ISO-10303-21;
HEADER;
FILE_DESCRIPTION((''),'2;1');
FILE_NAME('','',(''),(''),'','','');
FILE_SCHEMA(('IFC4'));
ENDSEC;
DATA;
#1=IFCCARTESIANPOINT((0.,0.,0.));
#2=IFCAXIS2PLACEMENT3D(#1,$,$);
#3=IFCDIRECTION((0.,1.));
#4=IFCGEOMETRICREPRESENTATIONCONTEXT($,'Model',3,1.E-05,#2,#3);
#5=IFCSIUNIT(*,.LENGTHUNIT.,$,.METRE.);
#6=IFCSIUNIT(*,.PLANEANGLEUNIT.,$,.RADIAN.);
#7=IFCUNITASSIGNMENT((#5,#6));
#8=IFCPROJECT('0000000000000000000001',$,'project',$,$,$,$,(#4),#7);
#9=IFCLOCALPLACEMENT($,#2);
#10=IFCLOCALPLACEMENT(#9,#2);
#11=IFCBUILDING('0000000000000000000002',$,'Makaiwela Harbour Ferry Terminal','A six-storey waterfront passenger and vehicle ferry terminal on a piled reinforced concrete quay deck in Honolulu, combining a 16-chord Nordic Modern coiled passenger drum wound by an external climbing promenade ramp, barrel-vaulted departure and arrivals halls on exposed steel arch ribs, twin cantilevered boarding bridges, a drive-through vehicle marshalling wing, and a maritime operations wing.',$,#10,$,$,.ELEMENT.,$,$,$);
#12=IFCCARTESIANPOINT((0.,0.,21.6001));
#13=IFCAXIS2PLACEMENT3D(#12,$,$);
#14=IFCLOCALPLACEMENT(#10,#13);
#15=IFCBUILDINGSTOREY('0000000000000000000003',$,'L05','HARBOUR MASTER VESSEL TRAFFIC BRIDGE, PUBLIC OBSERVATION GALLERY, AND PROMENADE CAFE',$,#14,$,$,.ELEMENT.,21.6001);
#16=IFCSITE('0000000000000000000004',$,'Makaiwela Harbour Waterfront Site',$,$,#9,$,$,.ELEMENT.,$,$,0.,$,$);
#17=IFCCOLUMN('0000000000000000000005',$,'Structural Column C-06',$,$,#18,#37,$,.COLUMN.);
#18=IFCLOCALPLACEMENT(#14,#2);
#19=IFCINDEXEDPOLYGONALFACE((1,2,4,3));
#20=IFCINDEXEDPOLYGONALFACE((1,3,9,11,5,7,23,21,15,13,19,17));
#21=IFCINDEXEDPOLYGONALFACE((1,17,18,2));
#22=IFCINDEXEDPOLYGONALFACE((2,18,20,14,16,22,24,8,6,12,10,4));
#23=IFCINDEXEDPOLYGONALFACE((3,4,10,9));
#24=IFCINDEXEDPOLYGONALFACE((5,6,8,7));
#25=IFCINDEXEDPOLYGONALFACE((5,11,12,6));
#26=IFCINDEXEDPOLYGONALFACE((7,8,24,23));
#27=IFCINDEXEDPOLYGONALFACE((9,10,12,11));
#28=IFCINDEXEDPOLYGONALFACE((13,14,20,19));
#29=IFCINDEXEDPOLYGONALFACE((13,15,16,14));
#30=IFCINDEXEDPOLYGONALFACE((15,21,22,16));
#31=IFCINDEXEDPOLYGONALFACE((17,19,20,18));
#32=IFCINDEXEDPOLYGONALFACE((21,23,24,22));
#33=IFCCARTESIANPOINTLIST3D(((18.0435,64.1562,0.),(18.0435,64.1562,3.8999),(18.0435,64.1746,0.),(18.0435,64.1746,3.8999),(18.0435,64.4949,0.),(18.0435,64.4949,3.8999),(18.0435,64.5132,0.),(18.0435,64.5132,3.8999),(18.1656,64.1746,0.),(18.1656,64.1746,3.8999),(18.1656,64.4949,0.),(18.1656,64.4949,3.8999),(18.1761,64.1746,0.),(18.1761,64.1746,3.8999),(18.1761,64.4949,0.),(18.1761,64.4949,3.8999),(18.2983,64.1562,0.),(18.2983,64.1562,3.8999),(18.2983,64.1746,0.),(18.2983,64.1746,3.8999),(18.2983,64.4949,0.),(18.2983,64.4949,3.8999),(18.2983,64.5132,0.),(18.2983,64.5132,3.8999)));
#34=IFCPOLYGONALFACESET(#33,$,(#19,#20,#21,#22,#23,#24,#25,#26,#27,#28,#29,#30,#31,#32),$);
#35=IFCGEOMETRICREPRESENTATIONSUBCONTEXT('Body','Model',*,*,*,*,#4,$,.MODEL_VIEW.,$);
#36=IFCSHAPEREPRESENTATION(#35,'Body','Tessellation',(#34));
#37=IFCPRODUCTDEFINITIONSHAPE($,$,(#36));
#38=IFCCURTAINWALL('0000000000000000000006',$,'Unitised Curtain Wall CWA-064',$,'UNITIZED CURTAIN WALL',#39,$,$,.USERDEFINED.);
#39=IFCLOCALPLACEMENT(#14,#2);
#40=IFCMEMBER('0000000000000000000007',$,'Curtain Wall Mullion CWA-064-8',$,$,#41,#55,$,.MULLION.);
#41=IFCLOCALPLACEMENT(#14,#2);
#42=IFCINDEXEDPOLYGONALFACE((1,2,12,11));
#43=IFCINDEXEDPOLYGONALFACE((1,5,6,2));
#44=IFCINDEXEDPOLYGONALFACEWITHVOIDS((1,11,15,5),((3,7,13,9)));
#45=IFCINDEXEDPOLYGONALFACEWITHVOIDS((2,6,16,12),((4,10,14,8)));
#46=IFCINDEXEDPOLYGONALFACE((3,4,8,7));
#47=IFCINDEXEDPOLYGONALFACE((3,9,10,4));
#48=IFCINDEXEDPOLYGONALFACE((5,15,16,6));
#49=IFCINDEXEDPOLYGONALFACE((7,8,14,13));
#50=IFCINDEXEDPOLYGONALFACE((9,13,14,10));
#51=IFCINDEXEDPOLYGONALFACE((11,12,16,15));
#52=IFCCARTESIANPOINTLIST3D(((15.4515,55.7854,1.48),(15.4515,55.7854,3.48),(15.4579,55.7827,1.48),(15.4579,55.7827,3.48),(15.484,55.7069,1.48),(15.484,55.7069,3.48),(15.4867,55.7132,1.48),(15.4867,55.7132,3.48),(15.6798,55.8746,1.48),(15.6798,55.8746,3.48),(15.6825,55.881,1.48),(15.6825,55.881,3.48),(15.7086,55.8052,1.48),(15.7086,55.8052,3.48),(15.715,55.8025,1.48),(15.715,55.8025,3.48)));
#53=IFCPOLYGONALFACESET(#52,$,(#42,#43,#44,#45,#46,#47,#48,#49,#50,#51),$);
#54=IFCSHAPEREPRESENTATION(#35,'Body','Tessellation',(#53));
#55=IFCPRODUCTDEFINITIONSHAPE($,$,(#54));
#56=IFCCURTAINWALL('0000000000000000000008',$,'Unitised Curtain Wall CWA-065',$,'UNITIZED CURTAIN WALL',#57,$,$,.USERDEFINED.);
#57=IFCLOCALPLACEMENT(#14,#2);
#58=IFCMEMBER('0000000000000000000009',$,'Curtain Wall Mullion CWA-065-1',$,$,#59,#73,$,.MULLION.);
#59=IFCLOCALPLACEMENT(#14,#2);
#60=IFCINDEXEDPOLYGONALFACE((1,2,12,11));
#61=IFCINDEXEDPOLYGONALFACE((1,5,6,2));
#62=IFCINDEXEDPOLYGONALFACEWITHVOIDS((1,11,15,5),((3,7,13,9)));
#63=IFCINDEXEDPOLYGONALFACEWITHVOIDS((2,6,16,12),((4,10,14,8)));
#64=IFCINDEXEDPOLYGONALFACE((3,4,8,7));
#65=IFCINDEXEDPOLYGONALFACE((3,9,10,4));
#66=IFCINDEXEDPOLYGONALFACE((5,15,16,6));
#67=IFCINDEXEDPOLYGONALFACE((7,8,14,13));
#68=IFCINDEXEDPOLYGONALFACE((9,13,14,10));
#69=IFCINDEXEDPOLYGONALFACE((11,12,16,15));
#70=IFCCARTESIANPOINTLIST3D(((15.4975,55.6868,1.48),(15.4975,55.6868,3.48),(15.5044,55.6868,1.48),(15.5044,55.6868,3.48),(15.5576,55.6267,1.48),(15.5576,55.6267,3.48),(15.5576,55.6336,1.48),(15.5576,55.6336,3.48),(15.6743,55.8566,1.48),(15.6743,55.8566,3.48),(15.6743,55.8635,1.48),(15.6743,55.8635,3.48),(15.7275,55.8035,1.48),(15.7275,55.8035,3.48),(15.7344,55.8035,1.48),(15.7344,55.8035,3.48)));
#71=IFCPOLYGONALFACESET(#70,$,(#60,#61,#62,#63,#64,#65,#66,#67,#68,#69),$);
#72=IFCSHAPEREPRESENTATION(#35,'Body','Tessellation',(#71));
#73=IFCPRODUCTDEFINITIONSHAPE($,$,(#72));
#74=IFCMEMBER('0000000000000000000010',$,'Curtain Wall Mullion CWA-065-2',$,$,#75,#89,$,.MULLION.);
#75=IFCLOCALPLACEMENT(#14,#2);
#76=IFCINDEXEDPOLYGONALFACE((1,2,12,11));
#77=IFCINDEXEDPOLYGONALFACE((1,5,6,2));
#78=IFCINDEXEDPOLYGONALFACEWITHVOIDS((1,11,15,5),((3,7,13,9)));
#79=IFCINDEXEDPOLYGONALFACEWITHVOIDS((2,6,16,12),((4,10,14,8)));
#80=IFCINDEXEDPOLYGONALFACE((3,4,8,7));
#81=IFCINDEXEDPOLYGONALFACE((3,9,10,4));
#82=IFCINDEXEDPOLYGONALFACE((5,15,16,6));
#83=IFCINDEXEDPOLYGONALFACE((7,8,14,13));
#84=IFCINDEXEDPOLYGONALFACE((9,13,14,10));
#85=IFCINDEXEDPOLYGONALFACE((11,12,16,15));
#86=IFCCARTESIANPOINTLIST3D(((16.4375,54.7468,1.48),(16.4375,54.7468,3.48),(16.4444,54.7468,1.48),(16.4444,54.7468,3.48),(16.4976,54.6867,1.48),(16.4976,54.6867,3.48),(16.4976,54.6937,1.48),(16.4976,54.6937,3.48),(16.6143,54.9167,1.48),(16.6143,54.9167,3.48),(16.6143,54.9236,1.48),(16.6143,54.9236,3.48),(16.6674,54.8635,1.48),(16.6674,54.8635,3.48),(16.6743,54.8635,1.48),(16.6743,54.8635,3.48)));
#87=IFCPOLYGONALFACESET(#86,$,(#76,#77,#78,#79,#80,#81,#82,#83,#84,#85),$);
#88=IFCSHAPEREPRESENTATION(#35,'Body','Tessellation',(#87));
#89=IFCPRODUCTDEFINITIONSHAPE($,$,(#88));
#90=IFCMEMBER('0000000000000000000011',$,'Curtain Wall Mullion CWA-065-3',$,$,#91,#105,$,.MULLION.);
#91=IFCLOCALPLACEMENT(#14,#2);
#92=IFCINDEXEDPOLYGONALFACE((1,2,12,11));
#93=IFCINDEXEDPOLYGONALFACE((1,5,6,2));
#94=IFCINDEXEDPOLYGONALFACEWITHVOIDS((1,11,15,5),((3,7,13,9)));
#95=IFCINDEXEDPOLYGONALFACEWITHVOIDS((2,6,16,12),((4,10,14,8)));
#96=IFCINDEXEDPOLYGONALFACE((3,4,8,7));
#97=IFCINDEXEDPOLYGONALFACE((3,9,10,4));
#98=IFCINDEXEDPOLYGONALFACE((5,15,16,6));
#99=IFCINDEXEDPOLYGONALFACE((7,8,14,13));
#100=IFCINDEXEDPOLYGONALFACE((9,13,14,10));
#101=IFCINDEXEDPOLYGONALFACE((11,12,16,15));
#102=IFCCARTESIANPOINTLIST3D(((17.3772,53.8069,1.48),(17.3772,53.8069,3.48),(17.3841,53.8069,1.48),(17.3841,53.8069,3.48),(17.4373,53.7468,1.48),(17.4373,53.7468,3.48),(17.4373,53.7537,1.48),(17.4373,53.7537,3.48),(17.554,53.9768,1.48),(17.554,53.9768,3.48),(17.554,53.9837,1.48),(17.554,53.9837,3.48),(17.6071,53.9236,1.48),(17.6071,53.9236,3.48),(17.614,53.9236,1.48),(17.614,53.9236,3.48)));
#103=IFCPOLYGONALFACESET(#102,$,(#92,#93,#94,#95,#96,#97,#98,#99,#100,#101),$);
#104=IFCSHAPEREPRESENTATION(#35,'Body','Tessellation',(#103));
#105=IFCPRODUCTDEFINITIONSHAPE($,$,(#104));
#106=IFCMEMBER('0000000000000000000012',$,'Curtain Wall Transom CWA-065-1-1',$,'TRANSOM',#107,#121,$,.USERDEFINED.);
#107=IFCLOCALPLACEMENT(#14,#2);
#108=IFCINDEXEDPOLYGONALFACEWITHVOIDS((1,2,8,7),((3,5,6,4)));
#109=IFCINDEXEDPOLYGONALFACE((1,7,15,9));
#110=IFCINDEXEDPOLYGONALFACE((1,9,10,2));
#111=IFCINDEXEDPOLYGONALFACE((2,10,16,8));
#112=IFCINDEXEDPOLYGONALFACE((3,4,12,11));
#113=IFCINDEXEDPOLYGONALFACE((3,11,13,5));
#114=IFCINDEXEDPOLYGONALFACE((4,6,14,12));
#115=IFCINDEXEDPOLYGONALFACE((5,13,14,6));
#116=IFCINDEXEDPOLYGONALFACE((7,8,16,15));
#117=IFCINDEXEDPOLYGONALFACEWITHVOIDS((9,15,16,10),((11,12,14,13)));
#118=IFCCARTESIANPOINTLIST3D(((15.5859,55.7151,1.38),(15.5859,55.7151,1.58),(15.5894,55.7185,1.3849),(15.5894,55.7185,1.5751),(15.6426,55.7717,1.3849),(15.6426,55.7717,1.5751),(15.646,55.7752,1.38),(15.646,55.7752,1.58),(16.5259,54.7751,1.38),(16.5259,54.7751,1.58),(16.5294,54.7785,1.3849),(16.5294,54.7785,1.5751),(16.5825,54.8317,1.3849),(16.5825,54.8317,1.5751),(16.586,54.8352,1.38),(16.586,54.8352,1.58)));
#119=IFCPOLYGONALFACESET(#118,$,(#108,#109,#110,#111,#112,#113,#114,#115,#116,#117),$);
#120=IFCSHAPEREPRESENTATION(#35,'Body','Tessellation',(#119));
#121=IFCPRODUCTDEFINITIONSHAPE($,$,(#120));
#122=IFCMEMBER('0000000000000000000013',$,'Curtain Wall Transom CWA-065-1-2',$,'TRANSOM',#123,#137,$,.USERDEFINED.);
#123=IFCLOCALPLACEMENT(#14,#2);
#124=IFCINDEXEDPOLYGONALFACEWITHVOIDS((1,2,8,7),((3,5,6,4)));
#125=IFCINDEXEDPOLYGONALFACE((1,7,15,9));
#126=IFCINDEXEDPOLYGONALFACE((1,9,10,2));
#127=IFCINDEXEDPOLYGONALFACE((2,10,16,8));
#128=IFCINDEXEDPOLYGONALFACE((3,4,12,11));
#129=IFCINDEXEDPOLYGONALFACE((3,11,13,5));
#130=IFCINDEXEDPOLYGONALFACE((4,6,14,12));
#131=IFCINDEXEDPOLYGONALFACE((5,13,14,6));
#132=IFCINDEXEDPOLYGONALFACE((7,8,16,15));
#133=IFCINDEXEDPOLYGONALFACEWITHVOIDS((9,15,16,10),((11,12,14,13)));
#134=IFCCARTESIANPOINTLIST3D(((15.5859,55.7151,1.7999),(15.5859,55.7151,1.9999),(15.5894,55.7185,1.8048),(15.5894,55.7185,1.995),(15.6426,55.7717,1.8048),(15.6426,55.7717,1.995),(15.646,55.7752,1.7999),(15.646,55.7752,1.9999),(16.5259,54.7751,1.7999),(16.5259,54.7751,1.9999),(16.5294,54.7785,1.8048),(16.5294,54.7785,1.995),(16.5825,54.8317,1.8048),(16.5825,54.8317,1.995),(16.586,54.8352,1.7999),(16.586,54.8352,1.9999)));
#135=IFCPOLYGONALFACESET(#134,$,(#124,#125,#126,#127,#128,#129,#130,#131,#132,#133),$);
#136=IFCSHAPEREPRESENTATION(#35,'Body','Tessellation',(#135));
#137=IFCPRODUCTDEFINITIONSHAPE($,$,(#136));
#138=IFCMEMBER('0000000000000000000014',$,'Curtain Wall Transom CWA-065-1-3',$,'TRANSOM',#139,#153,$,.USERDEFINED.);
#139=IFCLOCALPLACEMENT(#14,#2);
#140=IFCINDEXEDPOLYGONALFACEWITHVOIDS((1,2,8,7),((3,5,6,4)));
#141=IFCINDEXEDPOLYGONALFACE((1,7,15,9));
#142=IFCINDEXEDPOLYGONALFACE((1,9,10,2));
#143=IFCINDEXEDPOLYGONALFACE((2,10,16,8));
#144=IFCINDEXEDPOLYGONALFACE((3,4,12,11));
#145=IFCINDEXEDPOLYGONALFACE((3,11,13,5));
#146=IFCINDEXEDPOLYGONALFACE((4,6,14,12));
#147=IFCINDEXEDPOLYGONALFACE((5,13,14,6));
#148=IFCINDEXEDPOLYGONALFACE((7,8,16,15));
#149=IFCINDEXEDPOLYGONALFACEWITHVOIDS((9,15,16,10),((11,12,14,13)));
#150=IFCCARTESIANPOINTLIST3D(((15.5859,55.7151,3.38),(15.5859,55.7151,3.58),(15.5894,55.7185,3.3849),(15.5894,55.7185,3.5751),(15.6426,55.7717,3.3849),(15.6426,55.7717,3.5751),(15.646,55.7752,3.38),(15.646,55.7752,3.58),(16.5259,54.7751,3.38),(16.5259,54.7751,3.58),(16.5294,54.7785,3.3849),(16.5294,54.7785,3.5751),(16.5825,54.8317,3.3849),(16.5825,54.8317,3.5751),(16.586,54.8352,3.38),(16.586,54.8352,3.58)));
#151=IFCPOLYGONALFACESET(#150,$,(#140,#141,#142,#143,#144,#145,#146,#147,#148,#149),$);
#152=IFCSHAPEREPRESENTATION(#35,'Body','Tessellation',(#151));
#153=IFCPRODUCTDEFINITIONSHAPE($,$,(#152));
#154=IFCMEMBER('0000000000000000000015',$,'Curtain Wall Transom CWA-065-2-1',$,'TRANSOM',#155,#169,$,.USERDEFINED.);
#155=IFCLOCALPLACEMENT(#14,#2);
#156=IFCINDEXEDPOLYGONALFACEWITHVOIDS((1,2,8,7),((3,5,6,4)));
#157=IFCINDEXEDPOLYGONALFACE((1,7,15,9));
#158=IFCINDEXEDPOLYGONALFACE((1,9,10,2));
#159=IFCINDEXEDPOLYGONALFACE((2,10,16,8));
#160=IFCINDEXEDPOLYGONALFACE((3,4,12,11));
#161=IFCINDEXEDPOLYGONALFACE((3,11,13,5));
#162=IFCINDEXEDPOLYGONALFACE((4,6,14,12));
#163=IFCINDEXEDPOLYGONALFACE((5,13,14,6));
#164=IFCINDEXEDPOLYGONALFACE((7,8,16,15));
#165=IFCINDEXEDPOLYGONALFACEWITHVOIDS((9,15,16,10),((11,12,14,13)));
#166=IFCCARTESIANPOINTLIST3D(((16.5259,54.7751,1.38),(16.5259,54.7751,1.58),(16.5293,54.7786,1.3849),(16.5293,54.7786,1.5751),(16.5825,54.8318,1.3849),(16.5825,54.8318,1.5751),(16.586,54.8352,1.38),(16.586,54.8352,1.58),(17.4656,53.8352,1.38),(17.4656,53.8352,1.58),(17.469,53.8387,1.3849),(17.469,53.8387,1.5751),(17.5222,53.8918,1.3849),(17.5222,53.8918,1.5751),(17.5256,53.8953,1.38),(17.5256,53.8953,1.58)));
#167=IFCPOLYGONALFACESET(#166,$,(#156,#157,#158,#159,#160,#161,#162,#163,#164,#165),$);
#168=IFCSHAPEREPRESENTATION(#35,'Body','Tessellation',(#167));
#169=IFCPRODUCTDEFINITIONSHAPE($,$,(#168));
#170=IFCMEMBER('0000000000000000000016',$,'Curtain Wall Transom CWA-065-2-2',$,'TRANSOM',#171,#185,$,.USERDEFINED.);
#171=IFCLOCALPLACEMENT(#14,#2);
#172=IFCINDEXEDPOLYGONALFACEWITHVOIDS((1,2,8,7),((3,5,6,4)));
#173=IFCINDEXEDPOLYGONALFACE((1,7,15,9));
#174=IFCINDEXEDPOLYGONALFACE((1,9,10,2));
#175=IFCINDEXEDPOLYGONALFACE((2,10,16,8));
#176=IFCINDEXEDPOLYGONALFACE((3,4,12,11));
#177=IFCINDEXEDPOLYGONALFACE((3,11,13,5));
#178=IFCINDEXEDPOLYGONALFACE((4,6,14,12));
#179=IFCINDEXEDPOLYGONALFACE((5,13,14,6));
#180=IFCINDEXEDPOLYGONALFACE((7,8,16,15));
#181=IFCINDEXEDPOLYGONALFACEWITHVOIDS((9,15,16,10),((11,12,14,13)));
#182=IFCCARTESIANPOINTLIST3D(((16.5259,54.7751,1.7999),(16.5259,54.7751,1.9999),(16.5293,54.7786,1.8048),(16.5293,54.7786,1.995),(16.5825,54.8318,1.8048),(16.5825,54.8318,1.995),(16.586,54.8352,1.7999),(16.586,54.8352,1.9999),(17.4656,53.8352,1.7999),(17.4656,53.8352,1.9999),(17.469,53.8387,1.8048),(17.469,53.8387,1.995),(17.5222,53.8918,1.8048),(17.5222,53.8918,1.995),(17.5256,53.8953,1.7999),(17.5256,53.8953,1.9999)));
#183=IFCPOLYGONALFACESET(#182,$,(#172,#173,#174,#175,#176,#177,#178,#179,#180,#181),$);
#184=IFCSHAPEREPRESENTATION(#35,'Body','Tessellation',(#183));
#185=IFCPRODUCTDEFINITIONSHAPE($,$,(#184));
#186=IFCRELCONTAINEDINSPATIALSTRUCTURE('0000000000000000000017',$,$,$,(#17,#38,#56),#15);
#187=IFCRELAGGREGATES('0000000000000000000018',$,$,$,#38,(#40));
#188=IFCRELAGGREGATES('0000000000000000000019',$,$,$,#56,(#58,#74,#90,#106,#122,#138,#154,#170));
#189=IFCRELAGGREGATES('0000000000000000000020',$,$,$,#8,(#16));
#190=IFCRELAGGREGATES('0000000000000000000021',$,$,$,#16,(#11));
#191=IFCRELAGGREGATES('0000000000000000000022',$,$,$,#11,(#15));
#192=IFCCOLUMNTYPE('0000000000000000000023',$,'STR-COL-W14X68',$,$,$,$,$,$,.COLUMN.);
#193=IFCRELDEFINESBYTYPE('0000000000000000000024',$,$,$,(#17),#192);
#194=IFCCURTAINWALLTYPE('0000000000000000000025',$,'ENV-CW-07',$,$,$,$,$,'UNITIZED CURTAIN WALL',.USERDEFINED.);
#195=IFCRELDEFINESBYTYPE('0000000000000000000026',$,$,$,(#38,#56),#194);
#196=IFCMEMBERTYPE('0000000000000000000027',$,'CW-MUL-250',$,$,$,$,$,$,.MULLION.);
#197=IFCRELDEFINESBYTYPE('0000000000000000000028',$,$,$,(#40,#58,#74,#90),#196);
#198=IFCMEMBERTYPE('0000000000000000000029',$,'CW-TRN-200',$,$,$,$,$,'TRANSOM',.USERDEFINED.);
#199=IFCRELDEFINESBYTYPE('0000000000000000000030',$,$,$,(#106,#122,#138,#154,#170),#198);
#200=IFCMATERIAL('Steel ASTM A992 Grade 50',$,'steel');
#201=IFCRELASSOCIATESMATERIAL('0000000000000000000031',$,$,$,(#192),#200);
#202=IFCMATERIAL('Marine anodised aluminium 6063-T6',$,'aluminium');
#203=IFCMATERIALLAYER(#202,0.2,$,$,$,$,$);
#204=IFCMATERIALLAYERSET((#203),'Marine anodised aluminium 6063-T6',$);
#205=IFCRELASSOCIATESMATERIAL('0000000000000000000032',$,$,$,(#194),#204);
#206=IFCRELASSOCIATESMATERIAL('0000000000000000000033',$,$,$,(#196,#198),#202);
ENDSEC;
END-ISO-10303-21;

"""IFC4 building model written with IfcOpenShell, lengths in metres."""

from ifc_helpers import new_model, si_unit, direction, frame, origin, origin_2d, place, context, subcontext, project, spatial, hollow_rectangle, i_section, extrude, material, layer, layer_set, material_profile, profile_set, type_object, element, aggregate, save


model = new_model("IFC4")

# Units and contexts
model_context = context("Model", 3, precision=1e-05, world=origin(), true_north=direction((0.0, 1.0)))
body_context = subcontext(model_context, "Body", "Model", "MODEL_VIEW")
ifc_project = project(units=[si_unit("LENGTHUNIT", "METRE"), si_unit("PLANEANGLEUNIT", "RADIAN")], contexts=[model_context])

# Site, building, storey
site_placement = place(None, origin())
site = spatial("IfcSite", under=ifc_project, at=site_placement, Name="Makaiwela Harbour Waterfront Site", CompositionType="ELEMENT", RefElevation=0.0)
building_placement = place(site_placement, origin())
building = spatial("IfcBuilding", under=site, at=building_placement, Name="Makaiwela Harbour Ferry Terminal", Description="A six-storey waterfront passenger and vehicle ferry terminal on a piled reinforced concrete quay deck in Honolulu, combining a 16-chord Nordic Modern coiled passenger drum wound by an external climbing promenade ramp, barrel-vaulted departure and arrivals halls on exposed steel arch ribs, twin cantilevered boarding bridges, a drive-through vehicle marshalling wing, and a maritime operations wing.", CompositionType="ELEMENT")
storey_placement = place(building_placement, frame((0.0, 0.0, 21.6001)))
storey = spatial("IfcBuildingStorey", under=building, at=storey_placement, Name="L05", Description="HARBOUR MASTER VESSEL TRAFFIC BRIDGE, PUBLIC OBSERVATION GALLERY, AND PROMENADE CAFE", CompositionType="ELEMENT", Elevation=21.6001)

# Column
ifc_material_1 = material(Name="Steel ASTM A992 Grade 50", Category="steel")
ifc_material_profile_1 = material_profile(ifc_material_1, i_section(OverallWidth=0.2549, OverallDepth=0.3569, WebThickness=0.0105, FlangeThickness=0.0183, at=origin_2d()), Name="W14X68")
ifc_profile_set_1 = profile_set([ifc_material_profile_1], Name="Steel ASTM A992 Grade 50")
column_type = type_object("IfcColumnType", Name="STR-COL-W14X68", PredefinedType="COLUMN", material=ifc_profile_set_1)
column_placement = place(storey_placement, frame((18.1709, 64.3347, 0.0), z_axis=(0.0, 0.0, 1.0), x_axis=(1.0, 0.0, 0.0)))
element("IfcColumn", 1, at=column_placement, inside=storey, type_object=column_type, Name="Structural Column C-06", PredefinedType="COLUMN", context=body_context, shape_type="SweptSolid", body=[
    extrude(i_section(OverallWidth=0.2549, OverallDepth=0.3569, WebThickness=0.0105, FlangeThickness=0.0183, at=origin_2d()), origin(), (0.0, 0.0, 1.0), 3.8999),
])

# Curtain wall, member
ifc_material_2 = material(Name="Marine anodised aluminium 6063-T6", Category="aluminium")
ifc_layer_1 = layer(ifc_material_2, 0.2)
ifc_layer_set_1 = layer_set([ifc_layer_1], Name="Marine anodised aluminium 6063-T6")
curtain_wall_type = type_object("IfcCurtainWallType", Name="ENV-CW-07", ElementType="UNITIZED CURTAIN WALL", PredefinedType="USERDEFINED", material=ifc_layer_set_1)
curtain_wall_1_placement = place(storey_placement, origin())
curtain_wall_1 = element("IfcCurtainWall", 2, at=curtain_wall_1_placement, inside=storey, type_object=curtain_wall_type, Name="Unitised Curtain Wall CWA-064", ObjectType="UNITIZED CURTAIN WALL", PredefinedType="USERDEFINED")
ifc_material_profile_2 = material_profile(ifc_material_2, hollow_rectangle(XDim=0.085, YDim=0.25, WallThickness=0.0049, at=origin_2d()), Name="CWM-250X85")
ifc_profile_set_2 = profile_set([ifc_material_profile_2], Name="Marine anodised aluminium 6063-T6")
member_type_1 = type_object("IfcMemberType", Name="CW-MUL-250", PredefinedType="MULLION", material=ifc_profile_set_2)
member_1_placement = place(storey_placement, frame((15.5833, 55.7939, 1.48), z_axis=(0.0, 0.0, 1.0), x_axis=(-0.382683, 0.92388, 0.0)))
member_1 = element("IfcMember", 3, at=member_1_placement, type_object=member_type_1, Name="Curtain Wall Mullion CWA-064-8", PredefinedType="MULLION", context=body_context, shape_type="SweptSolid", body=[
    extrude(hollow_rectangle(XDim=0.085, YDim=0.25, WallThickness=0.0049, at=origin_2d()), origin(), (0.0, 0.0, 1.0), 2.0),
])
aggregate(curtain_wall_1, [member_1])

# Curtain wall, members
curtain_wall_2_placement = place(storey_placement, origin())
curtain_wall_2 = element("IfcCurtainWall", 4, at=curtain_wall_2_placement, inside=storey, type_object=curtain_wall_type, Name="Unitised Curtain Wall CWA-065", ObjectType="UNITIZED CURTAIN WALL", PredefinedType="USERDEFINED")
member_2_placement = place(storey_placement, frame((15.616, 55.7451, 1.48), z_axis=(0.0, 0.0, 1.0), x_axis=(-0.707107, 0.707107, 0.0)))
member_2 = element("IfcMember", 5, at=member_2_placement, type_object=member_type_1, Name="Curtain Wall Mullion CWA-065-1", PredefinedType="MULLION", context=body_context, shape_type="SweptSolid", body=[
    extrude(hollow_rectangle(XDim=0.085, YDim=0.25, WallThickness=0.0049, at=origin_2d()), origin(), (0.0, 0.0, 1.0), 2.0),
])
member_3_placement = place(storey_placement, frame((16.5559, 54.8052, 1.48), z_axis=(0.0, 0.0, 1.0), x_axis=(-0.707107, 0.707107, 0.0)))
member_3 = element("IfcMember", 6, at=member_3_placement, type_object=member_type_1, Name="Curtain Wall Mullion CWA-065-2", PredefinedType="MULLION", context=body_context, shape_type="SweptSolid", body=[
    extrude(hollow_rectangle(XDim=0.085, YDim=0.25, WallThickness=0.0049, at=origin_2d()), origin(), (0.0, 0.0, 1.0), 2.0),
])
member_4_placement = place(storey_placement, frame((17.4956, 53.8652, 1.48), z_axis=(0.0, 0.0, 1.0), x_axis=(-0.707107, 0.707107, 0.0)))
member_4 = element("IfcMember", 7, at=member_4_placement, type_object=member_type_1, Name="Curtain Wall Mullion CWA-065-3", PredefinedType="MULLION", context=body_context, shape_type="SweptSolid", body=[
    extrude(hollow_rectangle(XDim=0.085, YDim=0.25, WallThickness=0.0049, at=origin_2d()), origin(), (0.0, 0.0, 1.0), 2.0),
])
ifc_material_profile_3 = material_profile(ifc_material_2, hollow_rectangle(XDim=0.085, YDim=0.2, WallThickness=0.0049, at=origin_2d()), Name="CWT-200X85")
ifc_profile_set_3 = profile_set([ifc_material_profile_3], Name="Marine anodised aluminium 6063-T6")
member_type_2 = type_object("IfcMemberType", Name="CW-TRN-200", ElementType="TRANSOM", PredefinedType="USERDEFINED", material=ifc_profile_set_3)
member_5_placement = place(storey_placement, frame((15.616, 55.7451, 1.48), z_axis=(0.707107, -0.707107, 0.0), x_axis=(0.707107, 0.707107, 0.0)))
member_5 = element("IfcMember", 8, at=member_5_placement, type_object=member_type_2, Name="Curtain Wall Transom CWA-065-1-1", ObjectType="TRANSOM", PredefinedType="USERDEFINED", context=body_context, shape_type="SweptSolid", body=[
    extrude(hollow_rectangle(XDim=0.085, YDim=0.2, WallThickness=0.0049, at=origin_2d()), origin(), (0.0, 0.0, 1.0), 1.3293),
])
member_6_placement = place(storey_placement, frame((15.616, 55.7451, 1.8999), z_axis=(0.707107, -0.707107, 0.0), x_axis=(0.707107, 0.707107, 0.0)))
member_6 = element("IfcMember", 9, at=member_6_placement, type_object=member_type_2, Name="Curtain Wall Transom CWA-065-1-2", ObjectType="TRANSOM", PredefinedType="USERDEFINED", context=body_context, shape_type="SweptSolid", body=[
    extrude(hollow_rectangle(XDim=0.085, YDim=0.2, WallThickness=0.0049, at=origin_2d()), origin(), (0.0, 0.0, 1.0), 1.3293),
])
member_7_placement = place(storey_placement, frame((15.616, 55.7451, 3.48), z_axis=(0.707107, -0.707107, 0.0), x_axis=(0.707107, 0.707107, 0.0)))
member_7 = element("IfcMember", 10, at=member_7_placement, type_object=member_type_2, Name="Curtain Wall Transom CWA-065-1-3", ObjectType="TRANSOM", PredefinedType="USERDEFINED", context=body_context, shape_type="SweptSolid", body=[
    extrude(hollow_rectangle(XDim=0.085, YDim=0.2, WallThickness=0.0049, at=origin_2d()), origin(), (0.0, 0.0, 1.0), 1.3293),
])
member_8_placement = place(storey_placement, frame((16.5559, 54.8052, 1.48), z_axis=(0.707015, -0.707199, 0.0), x_axis=(0.707199, 0.707015, 0.0)))
member_8 = element("IfcMember", 11, at=member_8_placement, type_object=member_type_2, Name="Curtain Wall Transom CWA-065-2-1", ObjectType="TRANSOM", PredefinedType="USERDEFINED", context=body_context, shape_type="SweptSolid", body=[
    extrude(hollow_rectangle(XDim=0.085, YDim=0.2, WallThickness=0.0049, at=origin_2d()), origin(), (0.0, 0.0, 1.0), 1.3291),
])
member_9_placement = place(storey_placement, frame((16.5559, 54.8052, 1.8999), z_axis=(0.707015, -0.707199, 0.0), x_axis=(0.707199, 0.707015, 0.0)))
member_9 = element("IfcMember", 12, at=member_9_placement, type_object=member_type_2, Name="Curtain Wall Transom CWA-065-2-2", ObjectType="TRANSOM", PredefinedType="USERDEFINED", context=body_context, shape_type="SweptSolid", body=[
    extrude(hollow_rectangle(XDim=0.085, YDim=0.2, WallThickness=0.0049, at=origin_2d()), origin(), (0.0, 0.0, 1.0), 1.3291),
])

aggregate(curtain_wall_2, [member_2, member_3, member_4, member_5, member_6, member_7, member_8, member_9])

save(model, "model.ifc")
